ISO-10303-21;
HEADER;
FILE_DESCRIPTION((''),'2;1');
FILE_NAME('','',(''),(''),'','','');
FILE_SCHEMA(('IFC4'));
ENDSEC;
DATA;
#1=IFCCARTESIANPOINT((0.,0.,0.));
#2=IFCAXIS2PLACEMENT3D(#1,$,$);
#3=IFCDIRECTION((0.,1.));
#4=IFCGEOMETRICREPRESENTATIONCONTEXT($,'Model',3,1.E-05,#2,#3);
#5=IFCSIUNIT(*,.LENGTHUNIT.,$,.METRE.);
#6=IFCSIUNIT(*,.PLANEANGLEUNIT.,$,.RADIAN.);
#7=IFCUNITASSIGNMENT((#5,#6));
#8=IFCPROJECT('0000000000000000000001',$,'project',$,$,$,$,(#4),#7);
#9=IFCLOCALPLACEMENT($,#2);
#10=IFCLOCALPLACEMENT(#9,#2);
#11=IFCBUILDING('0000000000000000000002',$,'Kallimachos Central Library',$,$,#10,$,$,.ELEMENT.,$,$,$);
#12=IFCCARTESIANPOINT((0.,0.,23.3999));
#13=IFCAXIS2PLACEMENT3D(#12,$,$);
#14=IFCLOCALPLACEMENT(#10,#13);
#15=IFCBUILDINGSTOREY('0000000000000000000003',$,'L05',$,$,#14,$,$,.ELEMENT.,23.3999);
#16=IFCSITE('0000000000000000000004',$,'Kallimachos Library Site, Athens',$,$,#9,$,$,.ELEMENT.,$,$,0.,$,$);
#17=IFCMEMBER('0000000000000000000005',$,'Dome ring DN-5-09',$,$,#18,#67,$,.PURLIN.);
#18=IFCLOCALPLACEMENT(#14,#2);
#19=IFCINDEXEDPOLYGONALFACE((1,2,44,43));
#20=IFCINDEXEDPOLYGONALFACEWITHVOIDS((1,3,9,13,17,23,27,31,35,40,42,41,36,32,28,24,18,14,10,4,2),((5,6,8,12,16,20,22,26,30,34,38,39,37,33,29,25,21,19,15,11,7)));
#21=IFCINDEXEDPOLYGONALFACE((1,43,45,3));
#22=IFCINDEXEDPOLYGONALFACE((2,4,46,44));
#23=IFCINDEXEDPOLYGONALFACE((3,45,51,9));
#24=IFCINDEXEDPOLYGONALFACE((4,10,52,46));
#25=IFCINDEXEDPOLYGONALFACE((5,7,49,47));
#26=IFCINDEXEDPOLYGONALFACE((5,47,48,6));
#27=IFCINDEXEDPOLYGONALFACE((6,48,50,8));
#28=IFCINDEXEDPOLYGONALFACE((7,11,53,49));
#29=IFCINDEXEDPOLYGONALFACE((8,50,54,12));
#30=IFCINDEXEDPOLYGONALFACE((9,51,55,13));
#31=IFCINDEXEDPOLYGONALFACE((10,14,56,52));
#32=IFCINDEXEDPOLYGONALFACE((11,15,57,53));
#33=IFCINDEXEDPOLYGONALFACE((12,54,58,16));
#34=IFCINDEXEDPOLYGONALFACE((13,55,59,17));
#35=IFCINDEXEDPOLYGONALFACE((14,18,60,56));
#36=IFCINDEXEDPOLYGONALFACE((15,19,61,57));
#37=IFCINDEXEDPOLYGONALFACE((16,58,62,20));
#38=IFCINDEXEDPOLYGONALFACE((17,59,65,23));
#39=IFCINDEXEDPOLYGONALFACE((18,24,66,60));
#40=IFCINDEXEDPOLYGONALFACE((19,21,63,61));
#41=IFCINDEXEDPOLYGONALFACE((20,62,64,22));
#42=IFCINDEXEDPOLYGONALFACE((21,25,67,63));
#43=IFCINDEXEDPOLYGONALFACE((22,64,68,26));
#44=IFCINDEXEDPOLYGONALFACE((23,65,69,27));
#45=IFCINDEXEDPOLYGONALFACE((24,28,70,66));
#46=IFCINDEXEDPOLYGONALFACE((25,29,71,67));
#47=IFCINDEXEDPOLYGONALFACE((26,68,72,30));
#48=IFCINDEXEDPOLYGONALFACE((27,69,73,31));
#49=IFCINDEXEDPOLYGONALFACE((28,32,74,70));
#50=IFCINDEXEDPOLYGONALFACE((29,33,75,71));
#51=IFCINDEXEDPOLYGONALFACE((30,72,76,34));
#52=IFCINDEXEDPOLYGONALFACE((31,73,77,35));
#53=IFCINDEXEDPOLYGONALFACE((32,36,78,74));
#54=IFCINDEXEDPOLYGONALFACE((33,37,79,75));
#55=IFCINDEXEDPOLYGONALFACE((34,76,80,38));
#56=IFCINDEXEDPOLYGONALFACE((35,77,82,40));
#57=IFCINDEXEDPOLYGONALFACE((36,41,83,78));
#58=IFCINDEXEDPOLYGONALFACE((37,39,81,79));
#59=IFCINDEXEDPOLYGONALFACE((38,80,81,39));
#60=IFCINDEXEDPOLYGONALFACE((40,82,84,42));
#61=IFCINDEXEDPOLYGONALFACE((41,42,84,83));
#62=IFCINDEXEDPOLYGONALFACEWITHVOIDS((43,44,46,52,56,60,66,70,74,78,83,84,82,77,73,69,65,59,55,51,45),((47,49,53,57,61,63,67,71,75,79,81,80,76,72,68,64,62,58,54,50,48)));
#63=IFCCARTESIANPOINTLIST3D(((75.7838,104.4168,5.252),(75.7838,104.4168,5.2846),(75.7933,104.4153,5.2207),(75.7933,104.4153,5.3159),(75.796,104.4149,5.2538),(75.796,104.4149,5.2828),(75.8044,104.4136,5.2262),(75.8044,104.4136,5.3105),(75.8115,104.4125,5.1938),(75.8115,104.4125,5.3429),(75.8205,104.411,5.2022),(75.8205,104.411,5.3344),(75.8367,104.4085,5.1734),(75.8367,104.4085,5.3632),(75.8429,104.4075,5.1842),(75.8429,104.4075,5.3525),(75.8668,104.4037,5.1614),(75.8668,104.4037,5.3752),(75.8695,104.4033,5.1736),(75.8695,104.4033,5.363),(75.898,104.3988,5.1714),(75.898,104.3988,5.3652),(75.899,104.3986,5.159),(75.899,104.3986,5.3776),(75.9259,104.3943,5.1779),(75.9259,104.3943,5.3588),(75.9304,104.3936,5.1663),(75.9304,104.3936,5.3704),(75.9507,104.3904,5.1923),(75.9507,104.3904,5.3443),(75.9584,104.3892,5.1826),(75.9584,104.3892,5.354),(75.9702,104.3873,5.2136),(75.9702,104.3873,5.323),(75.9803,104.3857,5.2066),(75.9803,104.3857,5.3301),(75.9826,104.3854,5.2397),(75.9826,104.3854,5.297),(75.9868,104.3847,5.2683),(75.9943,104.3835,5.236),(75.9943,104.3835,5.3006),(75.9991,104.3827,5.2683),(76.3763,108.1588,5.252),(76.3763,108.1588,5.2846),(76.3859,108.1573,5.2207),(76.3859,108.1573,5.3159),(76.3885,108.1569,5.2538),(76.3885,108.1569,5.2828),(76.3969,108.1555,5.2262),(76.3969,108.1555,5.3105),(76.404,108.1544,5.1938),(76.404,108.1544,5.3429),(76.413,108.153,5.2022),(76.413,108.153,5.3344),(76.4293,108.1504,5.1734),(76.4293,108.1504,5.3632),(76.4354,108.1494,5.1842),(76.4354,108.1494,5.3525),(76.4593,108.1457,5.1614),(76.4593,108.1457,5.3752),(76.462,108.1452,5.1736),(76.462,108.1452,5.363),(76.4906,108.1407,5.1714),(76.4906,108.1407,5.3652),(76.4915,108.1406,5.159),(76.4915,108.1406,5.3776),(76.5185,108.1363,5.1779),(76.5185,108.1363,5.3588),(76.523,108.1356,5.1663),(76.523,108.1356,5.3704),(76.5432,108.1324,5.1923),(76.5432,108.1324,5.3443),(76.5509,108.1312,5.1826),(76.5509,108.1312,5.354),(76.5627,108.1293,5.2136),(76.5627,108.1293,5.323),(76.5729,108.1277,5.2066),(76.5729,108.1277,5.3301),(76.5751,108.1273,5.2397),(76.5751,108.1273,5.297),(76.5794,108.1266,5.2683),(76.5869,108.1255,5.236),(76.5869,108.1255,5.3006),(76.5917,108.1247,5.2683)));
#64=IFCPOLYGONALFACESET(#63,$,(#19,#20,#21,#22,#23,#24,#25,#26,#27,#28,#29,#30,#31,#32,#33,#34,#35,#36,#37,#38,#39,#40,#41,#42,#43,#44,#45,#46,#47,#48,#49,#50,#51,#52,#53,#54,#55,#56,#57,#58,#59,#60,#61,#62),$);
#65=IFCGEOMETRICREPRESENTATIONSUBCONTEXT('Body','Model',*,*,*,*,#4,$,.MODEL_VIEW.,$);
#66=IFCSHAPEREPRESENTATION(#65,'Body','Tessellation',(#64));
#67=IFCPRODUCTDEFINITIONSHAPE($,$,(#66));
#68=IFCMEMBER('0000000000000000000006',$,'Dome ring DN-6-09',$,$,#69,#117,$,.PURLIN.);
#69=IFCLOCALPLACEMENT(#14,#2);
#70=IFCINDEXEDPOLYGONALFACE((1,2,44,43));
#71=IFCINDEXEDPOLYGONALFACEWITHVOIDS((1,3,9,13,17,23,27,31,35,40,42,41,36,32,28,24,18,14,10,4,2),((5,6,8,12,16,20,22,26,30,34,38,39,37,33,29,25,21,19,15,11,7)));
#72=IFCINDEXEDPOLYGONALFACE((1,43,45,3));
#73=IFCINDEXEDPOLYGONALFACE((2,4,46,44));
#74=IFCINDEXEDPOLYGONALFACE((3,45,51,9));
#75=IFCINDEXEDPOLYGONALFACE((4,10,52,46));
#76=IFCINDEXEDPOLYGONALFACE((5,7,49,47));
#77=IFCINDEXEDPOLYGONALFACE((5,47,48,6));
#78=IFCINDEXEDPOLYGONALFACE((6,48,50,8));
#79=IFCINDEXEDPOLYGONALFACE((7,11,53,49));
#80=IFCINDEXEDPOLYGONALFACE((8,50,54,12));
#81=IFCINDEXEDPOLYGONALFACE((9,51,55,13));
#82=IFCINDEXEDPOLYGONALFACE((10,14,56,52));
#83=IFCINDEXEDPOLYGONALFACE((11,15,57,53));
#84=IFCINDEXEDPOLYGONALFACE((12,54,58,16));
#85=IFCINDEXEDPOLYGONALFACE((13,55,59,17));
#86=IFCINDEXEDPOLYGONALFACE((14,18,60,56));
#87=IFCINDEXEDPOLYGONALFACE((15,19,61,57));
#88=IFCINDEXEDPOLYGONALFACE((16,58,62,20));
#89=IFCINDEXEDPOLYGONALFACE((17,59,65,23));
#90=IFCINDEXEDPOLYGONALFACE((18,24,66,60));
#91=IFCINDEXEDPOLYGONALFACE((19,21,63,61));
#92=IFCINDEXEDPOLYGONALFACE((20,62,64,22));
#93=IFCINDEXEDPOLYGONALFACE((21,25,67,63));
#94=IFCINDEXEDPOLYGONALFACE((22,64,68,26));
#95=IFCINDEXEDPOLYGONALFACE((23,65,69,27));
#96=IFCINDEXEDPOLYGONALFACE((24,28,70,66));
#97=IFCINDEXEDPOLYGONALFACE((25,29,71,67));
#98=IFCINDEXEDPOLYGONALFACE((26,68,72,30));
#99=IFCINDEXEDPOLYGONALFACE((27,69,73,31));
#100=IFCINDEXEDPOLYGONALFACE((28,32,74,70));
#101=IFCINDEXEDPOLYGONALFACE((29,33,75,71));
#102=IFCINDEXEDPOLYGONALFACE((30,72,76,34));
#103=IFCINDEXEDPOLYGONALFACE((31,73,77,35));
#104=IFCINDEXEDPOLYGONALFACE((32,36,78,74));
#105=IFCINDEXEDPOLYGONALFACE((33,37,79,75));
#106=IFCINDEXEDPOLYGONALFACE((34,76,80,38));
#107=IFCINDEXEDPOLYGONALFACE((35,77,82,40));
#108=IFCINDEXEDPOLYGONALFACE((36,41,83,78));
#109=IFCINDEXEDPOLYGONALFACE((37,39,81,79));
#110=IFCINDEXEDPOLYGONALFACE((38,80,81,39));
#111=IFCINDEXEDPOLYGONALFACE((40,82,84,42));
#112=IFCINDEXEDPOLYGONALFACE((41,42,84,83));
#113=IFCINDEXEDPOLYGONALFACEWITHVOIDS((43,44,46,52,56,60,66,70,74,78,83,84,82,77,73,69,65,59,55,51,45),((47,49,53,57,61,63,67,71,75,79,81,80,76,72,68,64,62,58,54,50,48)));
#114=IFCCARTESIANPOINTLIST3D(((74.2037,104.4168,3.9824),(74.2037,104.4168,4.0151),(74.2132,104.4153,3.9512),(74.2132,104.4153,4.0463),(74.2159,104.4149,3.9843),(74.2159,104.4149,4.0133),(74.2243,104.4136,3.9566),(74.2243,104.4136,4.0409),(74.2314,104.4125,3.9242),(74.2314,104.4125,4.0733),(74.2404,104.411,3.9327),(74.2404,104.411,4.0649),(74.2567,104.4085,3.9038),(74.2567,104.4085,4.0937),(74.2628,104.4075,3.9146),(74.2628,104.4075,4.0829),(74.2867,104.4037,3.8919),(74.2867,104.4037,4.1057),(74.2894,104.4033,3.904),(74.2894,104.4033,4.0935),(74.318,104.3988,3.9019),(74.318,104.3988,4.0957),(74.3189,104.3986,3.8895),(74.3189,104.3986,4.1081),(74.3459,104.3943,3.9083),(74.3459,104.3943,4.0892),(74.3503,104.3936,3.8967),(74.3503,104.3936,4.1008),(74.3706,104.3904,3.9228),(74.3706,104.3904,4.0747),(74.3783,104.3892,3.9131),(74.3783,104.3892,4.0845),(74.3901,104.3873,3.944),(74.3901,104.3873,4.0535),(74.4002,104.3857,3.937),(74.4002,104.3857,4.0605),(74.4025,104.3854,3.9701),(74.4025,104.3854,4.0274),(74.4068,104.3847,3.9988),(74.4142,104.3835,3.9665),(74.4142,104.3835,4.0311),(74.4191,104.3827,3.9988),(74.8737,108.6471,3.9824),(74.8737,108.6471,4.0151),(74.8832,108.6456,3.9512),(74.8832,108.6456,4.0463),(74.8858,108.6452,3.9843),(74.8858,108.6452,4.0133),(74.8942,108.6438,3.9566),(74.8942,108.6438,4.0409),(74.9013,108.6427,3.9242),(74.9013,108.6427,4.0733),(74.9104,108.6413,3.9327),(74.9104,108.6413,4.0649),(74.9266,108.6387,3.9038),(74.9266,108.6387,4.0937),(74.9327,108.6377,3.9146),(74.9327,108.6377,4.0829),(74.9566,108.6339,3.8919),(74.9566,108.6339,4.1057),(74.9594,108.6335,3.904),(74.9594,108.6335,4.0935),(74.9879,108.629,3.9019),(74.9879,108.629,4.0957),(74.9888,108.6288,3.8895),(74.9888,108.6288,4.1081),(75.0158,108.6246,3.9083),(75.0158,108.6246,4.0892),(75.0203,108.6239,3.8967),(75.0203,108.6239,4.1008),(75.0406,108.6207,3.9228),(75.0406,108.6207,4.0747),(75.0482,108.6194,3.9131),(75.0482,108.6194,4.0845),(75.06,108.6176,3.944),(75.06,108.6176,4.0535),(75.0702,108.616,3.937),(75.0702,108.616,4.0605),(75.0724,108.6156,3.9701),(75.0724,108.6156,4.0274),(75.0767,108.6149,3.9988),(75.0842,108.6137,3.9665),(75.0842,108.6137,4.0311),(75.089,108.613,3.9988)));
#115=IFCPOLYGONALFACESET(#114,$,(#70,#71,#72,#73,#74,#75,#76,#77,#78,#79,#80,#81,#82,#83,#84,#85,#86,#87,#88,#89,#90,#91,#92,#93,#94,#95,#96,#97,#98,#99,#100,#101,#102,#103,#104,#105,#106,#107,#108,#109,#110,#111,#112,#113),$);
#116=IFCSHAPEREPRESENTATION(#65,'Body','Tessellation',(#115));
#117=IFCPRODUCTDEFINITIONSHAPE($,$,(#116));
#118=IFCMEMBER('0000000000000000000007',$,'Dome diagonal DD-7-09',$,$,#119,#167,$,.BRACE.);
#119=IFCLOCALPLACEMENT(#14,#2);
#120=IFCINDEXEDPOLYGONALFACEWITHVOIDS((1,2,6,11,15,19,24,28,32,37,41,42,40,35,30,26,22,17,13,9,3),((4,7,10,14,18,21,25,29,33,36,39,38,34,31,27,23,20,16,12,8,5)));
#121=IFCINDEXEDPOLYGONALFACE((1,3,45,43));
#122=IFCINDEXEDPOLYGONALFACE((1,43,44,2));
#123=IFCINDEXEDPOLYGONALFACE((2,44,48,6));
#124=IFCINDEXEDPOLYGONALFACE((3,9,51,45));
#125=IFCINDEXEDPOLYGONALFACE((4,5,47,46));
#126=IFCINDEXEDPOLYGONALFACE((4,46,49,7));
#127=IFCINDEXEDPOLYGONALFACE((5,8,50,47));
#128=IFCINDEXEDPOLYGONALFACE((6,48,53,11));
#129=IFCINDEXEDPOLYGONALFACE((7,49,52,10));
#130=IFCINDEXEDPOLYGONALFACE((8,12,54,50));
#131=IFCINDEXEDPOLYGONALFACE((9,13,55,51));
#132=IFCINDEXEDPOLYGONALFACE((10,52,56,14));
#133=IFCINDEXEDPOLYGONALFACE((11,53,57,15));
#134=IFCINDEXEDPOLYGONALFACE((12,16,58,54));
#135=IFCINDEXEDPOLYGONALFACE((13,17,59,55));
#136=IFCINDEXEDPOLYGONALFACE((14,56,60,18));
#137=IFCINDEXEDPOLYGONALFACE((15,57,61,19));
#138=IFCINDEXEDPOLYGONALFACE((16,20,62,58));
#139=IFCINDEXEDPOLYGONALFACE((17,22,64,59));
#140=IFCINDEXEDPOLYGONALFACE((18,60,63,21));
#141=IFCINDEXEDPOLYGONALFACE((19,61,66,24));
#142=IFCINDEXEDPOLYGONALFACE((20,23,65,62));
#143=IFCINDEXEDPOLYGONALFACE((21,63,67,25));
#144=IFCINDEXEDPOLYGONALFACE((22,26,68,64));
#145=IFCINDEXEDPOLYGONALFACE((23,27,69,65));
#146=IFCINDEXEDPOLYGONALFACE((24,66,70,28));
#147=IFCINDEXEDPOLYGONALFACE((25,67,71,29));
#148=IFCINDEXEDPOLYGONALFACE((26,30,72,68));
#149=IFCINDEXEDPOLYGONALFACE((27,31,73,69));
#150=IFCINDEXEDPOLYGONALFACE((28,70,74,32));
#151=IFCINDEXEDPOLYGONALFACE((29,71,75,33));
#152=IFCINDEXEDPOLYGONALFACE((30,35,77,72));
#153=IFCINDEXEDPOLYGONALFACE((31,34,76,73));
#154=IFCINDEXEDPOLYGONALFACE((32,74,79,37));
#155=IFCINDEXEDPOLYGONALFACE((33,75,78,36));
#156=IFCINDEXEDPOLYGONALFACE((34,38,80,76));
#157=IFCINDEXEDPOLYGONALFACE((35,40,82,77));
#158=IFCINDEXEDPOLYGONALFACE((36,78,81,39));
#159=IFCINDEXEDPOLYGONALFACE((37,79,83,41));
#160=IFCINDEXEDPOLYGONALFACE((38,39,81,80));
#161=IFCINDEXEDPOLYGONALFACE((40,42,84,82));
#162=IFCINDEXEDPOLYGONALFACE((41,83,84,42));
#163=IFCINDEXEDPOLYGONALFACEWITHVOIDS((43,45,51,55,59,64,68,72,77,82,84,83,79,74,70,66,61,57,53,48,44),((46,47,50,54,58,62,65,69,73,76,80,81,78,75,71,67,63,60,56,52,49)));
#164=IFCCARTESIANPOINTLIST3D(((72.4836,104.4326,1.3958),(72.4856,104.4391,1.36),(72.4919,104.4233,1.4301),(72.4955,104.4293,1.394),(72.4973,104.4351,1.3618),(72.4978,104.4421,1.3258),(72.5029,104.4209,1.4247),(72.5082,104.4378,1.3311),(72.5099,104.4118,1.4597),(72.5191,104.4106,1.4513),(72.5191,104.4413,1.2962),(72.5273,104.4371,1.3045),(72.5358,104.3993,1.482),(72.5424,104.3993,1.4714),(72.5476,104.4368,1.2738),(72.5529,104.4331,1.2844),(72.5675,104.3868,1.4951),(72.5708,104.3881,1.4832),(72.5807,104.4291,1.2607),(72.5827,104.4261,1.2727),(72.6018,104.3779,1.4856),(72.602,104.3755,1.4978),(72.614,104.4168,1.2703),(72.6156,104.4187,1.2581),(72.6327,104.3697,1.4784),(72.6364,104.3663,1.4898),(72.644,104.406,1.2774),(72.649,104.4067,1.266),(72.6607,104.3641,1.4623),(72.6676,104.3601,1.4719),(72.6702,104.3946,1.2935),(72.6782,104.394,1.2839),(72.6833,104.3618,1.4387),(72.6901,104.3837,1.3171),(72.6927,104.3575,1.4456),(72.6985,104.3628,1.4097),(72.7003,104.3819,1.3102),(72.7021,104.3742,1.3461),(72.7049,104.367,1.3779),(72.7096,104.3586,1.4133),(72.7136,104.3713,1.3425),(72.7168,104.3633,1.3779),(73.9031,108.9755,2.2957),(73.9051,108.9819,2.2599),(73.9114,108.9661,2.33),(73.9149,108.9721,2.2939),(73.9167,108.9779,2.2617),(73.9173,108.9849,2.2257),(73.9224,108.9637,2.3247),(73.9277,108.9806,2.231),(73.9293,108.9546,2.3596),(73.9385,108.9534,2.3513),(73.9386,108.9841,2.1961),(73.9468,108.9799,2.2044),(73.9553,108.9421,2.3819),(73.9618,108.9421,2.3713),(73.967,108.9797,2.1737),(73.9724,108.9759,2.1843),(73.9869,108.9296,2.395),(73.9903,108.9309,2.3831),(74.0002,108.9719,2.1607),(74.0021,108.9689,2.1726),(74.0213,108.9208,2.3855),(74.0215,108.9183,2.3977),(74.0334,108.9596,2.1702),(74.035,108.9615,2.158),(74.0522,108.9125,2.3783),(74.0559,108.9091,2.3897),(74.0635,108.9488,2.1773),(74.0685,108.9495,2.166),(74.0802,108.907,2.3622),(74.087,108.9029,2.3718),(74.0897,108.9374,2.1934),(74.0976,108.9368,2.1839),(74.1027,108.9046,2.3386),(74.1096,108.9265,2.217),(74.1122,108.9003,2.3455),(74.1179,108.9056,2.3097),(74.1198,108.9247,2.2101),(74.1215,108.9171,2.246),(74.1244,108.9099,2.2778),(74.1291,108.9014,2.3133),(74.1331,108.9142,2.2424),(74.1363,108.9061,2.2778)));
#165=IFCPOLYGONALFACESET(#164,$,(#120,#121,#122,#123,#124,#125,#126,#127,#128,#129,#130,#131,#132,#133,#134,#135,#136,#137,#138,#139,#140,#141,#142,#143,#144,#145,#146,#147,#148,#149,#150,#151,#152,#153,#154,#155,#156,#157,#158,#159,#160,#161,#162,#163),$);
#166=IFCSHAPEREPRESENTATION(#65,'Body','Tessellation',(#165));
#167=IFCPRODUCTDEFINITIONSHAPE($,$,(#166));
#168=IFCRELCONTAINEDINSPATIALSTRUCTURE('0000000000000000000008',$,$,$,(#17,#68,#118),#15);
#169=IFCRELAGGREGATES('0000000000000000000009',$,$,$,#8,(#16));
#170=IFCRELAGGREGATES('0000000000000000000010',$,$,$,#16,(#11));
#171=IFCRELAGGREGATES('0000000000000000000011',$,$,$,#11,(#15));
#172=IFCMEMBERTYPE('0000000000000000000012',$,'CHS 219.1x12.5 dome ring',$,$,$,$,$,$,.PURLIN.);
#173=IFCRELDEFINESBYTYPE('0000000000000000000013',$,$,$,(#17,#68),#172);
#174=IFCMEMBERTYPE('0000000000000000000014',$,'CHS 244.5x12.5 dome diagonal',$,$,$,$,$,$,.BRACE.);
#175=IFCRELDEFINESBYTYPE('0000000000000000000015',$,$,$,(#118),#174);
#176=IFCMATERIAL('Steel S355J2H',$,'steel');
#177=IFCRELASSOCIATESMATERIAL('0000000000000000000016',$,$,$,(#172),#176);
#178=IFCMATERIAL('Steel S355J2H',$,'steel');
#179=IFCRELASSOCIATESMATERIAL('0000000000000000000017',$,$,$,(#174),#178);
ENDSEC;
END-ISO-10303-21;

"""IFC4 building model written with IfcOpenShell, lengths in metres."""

from ifc_helpers import new_model, si_unit, direction, frame, origin, origin_2d, place, context, subcontext, project, spatial, hollow_circle, extrude, material, material_profile, profile_set, type_object, element, save


model = new_model("IFC4")

# Units and contexts
model_context = context("Model", 3, precision=1e-05, world=origin(), true_north=direction((0.0, 1.0)))
body_context = subcontext(model_context, "Body", "Model", "MODEL_VIEW")
ifc_project = project(units=[si_unit("LENGTHUNIT", "METRE"), si_unit("PLANEANGLEUNIT", "RADIAN")], contexts=[model_context])

# Site, building, storey
site_placement = place(None, origin())
site = spatial("IfcSite", under=ifc_project, at=site_placement, Name="Kallimachos Library Site, Athens", CompositionType="ELEMENT", RefElevation=0.0)
building_placement = place(site_placement, origin())
building = spatial("IfcBuilding", under=site, at=building_placement, Name="Kallimachos Central Library", CompositionType="ELEMENT")
storey_placement = place(building_placement, frame((0.0, 0.0, 23.3999)))
storey = spatial("IfcBuildingStorey", under=building, at=storey_placement, Name="L05", CompositionType="ELEMENT", Elevation=23.3999)

# Members
ifc_material_1 = material(Name="Steel S355J2H", Category="steel")
ifc_material_profile_1 = material_profile(ifc_material_1, hollow_circle(Radius=0.1096, WallThickness=0.0125, at=origin_2d()), Name="CHS 219.1x12.5")
ifc_profile_set_1 = profile_set([ifc_material_profile_1], Name="Steel S355J2H")
member_type_1 = type_object("IfcMemberType", Name="CHS 219.1x12.5 dome ring", PredefinedType="PURLIN", material=ifc_profile_set_1)
member_1_placement = place(storey_placement, frame((76.4834, 108.1418, 5.2683), z_axis=(-0.156399, -0.987694, 0.0), x_axis=(0.987694, -0.156399, 0.0)))
element("IfcMember", 1, at=member_1_placement, inside=storey, type_object=member_type_1, Name="Dome ring DN-5-09", PredefinedType="PURLIN", context=body_context, shape_type="SweptSolid", body=[
    extrude(hollow_circle(Radius=0.1096, WallThickness=0.0125, at=origin_2d()), origin(), (0.0, 0.0, 1.0), 3.7886),
])
member_2_placement = place(storey_placement, frame((74.9807, 108.6301, 3.9988), z_axis=(-0.156416, -0.987691, 0.0), x_axis=(0.987691, -0.156416, 0.0)))
element("IfcMember", 2, at=member_2_placement, inside=storey, type_object=member_type_1, Name="Dome ring DN-6-09", PredefinedType="PURLIN", context=body_context, shape_type="SweptSolid", body=[
    extrude(hollow_circle(Radius=0.1096, WallThickness=0.0125, at=origin_2d()), origin(), (0.0, 0.0, 1.0), 4.283),
])
ifc_material_2 = material(Name="Steel S355J2H", Category="steel")
ifc_material_profile_2 = material_profile(ifc_material_2, hollow_circle(Radius=0.1223, WallThickness=0.0125, at=origin_2d()), Name="CHS 244.5x12.5")
ifc_profile_set_2 = profile_set([ifc_material_profile_2], Name="Steel S355J2H")
member_type_2 = type_object("IfcMemberType", Name="CHS 244.5x12.5 dome diagonal", PredefinedType="BRACE", material=ifc_profile_set_2)
member_3_placement = place(storey_placement, frame((74.0195, 108.9426, 2.2778), z_axis=(-0.29305, -0.937872, -0.18579), x_axis=(0.95449, -0.298243, 0.0)))
element("IfcMember", 3, at=member_3_placement, inside=storey, type_object=member_type_2, Name="Dome diagonal DD-7-09", PredefinedType="BRACE", context=body_context, shape_type="SweptSolid", body=[
    extrude(hollow_circle(Radius=0.1223, WallThickness=0.0125, at=origin_2d()), origin(), (0.0, 0.0, 1.0), 4.8438),
])

save(model, "model.ifc")
